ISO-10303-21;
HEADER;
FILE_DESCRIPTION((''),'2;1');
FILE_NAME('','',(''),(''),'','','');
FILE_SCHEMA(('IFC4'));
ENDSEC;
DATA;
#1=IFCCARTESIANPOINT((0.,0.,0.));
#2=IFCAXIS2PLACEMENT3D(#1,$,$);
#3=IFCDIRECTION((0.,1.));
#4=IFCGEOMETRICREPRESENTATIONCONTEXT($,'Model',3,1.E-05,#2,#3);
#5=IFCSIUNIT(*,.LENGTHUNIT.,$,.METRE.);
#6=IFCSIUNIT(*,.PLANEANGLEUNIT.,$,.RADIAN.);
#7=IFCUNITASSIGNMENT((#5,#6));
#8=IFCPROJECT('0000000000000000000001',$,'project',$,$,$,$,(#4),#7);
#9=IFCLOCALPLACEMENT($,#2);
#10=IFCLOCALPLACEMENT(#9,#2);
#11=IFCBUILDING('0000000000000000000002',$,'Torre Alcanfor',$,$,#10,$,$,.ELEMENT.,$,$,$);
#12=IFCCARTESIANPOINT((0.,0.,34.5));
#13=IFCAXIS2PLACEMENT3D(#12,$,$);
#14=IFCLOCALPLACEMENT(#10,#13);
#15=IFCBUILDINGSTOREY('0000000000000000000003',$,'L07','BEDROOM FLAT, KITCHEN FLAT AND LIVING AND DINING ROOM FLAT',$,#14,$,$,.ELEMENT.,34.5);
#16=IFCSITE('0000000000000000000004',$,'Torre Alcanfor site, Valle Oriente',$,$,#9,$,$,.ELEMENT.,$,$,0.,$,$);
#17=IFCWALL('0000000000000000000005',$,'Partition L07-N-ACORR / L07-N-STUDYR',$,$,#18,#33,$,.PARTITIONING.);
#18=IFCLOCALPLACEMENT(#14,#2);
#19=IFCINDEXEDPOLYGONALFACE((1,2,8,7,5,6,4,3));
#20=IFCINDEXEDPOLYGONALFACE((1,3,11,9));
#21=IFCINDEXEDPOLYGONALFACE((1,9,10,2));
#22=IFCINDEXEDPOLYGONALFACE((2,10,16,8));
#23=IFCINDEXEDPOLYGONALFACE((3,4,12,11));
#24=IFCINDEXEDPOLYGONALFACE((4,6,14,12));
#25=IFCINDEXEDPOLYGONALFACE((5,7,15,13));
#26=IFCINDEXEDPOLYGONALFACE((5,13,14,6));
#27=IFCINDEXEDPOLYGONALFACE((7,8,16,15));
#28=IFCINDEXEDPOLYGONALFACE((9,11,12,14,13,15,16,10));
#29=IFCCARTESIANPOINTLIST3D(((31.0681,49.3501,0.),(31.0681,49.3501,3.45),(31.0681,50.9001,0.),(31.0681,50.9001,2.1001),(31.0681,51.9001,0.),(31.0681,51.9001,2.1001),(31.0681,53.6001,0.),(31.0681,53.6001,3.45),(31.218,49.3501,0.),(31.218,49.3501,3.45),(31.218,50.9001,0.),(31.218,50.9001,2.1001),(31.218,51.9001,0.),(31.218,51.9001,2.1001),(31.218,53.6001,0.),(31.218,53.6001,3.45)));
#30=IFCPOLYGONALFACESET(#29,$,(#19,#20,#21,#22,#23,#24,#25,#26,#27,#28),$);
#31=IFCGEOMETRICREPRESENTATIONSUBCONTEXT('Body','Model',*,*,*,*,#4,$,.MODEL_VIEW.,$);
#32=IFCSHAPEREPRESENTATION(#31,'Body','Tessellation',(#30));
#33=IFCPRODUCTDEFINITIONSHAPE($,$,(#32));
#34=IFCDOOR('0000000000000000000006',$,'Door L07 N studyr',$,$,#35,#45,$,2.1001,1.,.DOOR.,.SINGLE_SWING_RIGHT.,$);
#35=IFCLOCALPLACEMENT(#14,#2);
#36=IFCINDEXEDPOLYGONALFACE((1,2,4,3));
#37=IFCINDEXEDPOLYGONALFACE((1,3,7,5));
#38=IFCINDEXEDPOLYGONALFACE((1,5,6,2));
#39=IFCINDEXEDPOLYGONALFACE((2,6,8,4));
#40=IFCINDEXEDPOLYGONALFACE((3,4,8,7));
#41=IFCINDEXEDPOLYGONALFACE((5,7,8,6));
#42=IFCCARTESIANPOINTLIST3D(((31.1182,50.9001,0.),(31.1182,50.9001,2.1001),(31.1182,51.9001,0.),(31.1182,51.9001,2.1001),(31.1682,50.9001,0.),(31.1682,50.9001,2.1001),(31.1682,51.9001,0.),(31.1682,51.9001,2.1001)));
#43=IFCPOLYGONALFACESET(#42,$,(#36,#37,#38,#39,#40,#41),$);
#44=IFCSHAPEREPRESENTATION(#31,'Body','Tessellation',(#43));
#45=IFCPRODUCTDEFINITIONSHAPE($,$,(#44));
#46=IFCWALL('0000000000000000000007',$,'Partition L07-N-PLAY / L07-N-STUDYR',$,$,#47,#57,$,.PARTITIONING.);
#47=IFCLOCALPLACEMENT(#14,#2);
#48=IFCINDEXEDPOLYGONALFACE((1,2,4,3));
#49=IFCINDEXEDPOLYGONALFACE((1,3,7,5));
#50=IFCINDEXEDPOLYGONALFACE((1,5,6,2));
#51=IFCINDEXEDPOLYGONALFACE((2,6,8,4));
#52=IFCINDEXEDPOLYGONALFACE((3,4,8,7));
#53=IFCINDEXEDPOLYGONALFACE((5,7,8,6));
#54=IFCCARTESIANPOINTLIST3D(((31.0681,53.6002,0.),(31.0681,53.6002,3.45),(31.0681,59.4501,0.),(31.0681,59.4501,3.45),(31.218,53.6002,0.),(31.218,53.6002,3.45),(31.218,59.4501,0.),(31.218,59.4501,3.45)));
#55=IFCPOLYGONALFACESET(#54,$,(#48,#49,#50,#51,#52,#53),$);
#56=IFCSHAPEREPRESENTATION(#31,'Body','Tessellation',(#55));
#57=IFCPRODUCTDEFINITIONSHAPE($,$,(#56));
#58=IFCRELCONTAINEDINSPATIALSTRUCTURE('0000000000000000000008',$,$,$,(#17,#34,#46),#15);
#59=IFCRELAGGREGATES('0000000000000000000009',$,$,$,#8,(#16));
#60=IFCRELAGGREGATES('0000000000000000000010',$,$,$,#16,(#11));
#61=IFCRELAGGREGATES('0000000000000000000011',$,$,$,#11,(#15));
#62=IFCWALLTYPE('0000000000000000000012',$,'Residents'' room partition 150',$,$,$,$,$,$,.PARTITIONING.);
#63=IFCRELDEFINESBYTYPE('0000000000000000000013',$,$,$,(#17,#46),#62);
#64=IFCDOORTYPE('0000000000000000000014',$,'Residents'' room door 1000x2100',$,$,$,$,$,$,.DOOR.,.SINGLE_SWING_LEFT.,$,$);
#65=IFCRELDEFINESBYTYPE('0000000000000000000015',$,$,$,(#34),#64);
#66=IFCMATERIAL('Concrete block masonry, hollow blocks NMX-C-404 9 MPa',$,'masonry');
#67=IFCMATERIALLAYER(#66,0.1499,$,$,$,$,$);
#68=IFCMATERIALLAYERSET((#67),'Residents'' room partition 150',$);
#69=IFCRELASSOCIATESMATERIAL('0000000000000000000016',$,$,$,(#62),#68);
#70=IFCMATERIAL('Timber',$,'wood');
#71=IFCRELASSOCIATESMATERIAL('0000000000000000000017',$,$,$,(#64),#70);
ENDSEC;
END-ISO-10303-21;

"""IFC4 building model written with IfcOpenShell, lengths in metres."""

from ifc_helpers import new_model, si_unit, direction, frame, frame_2d, origin, place, context, subcontext, project, spatial, rectangle, extrude, material, layer, layer_set, type_object, element, fill, save


model = new_model("IFC4")

# Units and contexts
model_context = context("Model", 3, precision=1e-05, world=origin(), true_north=direction((0.0, 1.0)))
body_context = subcontext(model_context, "Body", "Model", "MODEL_VIEW")
ifc_project = project(units=[si_unit("LENGTHUNIT", "METRE"), si_unit("PLANEANGLEUNIT", "RADIAN")], contexts=[model_context])

# Site, building, storey
site_placement = place(None, origin())
site = spatial("IfcSite", under=ifc_project, at=site_placement, Name="Torre Alcanfor site, Valle Oriente", CompositionType="ELEMENT", RefElevation=0.0)
building_placement = place(site_placement, origin())
building = spatial("IfcBuilding", under=site, at=building_placement, Name="Torre Alcanfor", CompositionType="ELEMENT")
storey_placement = place(building_placement, frame((0.0, 0.0, 34.5)))
storey = spatial("IfcBuildingStorey", under=building, at=storey_placement, Name="L07", Description="BEDROOM FLAT, KITCHEN FLAT AND LIVING AND DINING ROOM FLAT", CompositionType="ELEMENT", Elevation=34.5)

# Shared definitions
ifc_material_1 = material(Name="Concrete block masonry, hollow blocks NMX-C-404 9 MPa", Category="masonry")
ifc_layer_1 = layer(ifc_material_1, 0.1499)
ifc_layer_set_1 = layer_set([ifc_layer_1], Name="Residents' room partition 150")
wall_type = type_object("IfcWallType", Name="Residents' room partition 150", PredefinedType="PARTITIONING", material=ifc_layer_set_1)

# Shared definitions
ifc_material_2 = material(Name="Timber", Category="wood")
door_type_1 = type_object("IfcDoorType", Name="Residents' room door 1000x2100", OperationType="SINGLE_SWING_LEFT", PredefinedType="DOOR", material=ifc_material_2)

# Wall, opening, door
wall_1_placement = place(storey_placement, frame((31.1431, 49.3501, 0.0), z_axis=(0.0, 0.0, 1.0), x_axis=(0.0, 1.0, 0.0)))
wall_1 = element("IfcWall", 1, at=wall_1_placement, inside=storey, type_object=wall_type, Name="Partition L07-N-ACORR / L07-N-STUDYR", PredefinedType="PARTITIONING", context=body_context, shape_type="SweptSolid", body=[
    extrude(rectangle(XDim=4.25, YDim=0.1499, at=frame_2d((2.125, 0.0))), origin(), (0.0, 0.0, 1.0), 3.45),
])
opening_1_placement = place(wall_1_placement, frame((1.55, 0.0, 0.0)))
opening_1 = element("IfcOpeningElement", 2, at=opening_1_placement, cuts=wall_1, PredefinedType="OPENING", context=body_context, shape_type="SweptSolid", body=[
    extrude(rectangle(XDim=1.0, YDim=2.1001, at=frame_2d((0.5, 1.05))), frame((0.0, 0.085, 0.0), z_axis=(0.0, -1.0, 0.0), x_axis=(1.0, 0.0, 0.0)), (0.0, 0.0, 1.0), 0.1699),
])
door_1_placement = place(opening_1_placement, frame((1.0, 0.0, 0.0), z_axis=(0.0, 0.0, 1.0), x_axis=(-1.0, 0.0, 0.0)))
door_1 = element("IfcDoor", 3, at=door_1_placement, inside=storey, type_object=door_type_1, Name="Door L07 N studyr", OperationType="SINGLE_SWING_RIGHT", OverallHeight=2.1001, OverallWidth=1.0, PredefinedType="DOOR", context=body_context, shape_type="SweptSolid", body=[
    extrude(rectangle(XDim=1.0, YDim=2.1001, at=frame_2d((0.5, 1.05))), frame((0.0, 0.0251, 0.0), z_axis=(0.0, -1.0, 0.0), x_axis=(1.0, 0.0, 0.0)), (0.0, 0.0, 1.0), 0.05),
])
fill(opening_1, door_1)

# Wall
wall_2_placement = place(storey_placement, frame((31.1431, 59.45, 0.0), z_axis=(0.0, 0.0, 1.0), x_axis=(0.0, -1.0, 0.0)))
element("IfcWall", 4, at=wall_2_placement, inside=storey, type_object=wall_type, Name="Partition L07-N-PLAY / L07-N-STUDYR", PredefinedType="PARTITIONING", context=body_context, shape_type="SweptSolid", body=[
    extrude(rectangle(XDim=5.8499, YDim=0.1499, at=frame_2d((2.9248, 0.0))), origin(), (0.0, 0.0, 1.0), 3.45),
])

save(model, "model.ifc")
